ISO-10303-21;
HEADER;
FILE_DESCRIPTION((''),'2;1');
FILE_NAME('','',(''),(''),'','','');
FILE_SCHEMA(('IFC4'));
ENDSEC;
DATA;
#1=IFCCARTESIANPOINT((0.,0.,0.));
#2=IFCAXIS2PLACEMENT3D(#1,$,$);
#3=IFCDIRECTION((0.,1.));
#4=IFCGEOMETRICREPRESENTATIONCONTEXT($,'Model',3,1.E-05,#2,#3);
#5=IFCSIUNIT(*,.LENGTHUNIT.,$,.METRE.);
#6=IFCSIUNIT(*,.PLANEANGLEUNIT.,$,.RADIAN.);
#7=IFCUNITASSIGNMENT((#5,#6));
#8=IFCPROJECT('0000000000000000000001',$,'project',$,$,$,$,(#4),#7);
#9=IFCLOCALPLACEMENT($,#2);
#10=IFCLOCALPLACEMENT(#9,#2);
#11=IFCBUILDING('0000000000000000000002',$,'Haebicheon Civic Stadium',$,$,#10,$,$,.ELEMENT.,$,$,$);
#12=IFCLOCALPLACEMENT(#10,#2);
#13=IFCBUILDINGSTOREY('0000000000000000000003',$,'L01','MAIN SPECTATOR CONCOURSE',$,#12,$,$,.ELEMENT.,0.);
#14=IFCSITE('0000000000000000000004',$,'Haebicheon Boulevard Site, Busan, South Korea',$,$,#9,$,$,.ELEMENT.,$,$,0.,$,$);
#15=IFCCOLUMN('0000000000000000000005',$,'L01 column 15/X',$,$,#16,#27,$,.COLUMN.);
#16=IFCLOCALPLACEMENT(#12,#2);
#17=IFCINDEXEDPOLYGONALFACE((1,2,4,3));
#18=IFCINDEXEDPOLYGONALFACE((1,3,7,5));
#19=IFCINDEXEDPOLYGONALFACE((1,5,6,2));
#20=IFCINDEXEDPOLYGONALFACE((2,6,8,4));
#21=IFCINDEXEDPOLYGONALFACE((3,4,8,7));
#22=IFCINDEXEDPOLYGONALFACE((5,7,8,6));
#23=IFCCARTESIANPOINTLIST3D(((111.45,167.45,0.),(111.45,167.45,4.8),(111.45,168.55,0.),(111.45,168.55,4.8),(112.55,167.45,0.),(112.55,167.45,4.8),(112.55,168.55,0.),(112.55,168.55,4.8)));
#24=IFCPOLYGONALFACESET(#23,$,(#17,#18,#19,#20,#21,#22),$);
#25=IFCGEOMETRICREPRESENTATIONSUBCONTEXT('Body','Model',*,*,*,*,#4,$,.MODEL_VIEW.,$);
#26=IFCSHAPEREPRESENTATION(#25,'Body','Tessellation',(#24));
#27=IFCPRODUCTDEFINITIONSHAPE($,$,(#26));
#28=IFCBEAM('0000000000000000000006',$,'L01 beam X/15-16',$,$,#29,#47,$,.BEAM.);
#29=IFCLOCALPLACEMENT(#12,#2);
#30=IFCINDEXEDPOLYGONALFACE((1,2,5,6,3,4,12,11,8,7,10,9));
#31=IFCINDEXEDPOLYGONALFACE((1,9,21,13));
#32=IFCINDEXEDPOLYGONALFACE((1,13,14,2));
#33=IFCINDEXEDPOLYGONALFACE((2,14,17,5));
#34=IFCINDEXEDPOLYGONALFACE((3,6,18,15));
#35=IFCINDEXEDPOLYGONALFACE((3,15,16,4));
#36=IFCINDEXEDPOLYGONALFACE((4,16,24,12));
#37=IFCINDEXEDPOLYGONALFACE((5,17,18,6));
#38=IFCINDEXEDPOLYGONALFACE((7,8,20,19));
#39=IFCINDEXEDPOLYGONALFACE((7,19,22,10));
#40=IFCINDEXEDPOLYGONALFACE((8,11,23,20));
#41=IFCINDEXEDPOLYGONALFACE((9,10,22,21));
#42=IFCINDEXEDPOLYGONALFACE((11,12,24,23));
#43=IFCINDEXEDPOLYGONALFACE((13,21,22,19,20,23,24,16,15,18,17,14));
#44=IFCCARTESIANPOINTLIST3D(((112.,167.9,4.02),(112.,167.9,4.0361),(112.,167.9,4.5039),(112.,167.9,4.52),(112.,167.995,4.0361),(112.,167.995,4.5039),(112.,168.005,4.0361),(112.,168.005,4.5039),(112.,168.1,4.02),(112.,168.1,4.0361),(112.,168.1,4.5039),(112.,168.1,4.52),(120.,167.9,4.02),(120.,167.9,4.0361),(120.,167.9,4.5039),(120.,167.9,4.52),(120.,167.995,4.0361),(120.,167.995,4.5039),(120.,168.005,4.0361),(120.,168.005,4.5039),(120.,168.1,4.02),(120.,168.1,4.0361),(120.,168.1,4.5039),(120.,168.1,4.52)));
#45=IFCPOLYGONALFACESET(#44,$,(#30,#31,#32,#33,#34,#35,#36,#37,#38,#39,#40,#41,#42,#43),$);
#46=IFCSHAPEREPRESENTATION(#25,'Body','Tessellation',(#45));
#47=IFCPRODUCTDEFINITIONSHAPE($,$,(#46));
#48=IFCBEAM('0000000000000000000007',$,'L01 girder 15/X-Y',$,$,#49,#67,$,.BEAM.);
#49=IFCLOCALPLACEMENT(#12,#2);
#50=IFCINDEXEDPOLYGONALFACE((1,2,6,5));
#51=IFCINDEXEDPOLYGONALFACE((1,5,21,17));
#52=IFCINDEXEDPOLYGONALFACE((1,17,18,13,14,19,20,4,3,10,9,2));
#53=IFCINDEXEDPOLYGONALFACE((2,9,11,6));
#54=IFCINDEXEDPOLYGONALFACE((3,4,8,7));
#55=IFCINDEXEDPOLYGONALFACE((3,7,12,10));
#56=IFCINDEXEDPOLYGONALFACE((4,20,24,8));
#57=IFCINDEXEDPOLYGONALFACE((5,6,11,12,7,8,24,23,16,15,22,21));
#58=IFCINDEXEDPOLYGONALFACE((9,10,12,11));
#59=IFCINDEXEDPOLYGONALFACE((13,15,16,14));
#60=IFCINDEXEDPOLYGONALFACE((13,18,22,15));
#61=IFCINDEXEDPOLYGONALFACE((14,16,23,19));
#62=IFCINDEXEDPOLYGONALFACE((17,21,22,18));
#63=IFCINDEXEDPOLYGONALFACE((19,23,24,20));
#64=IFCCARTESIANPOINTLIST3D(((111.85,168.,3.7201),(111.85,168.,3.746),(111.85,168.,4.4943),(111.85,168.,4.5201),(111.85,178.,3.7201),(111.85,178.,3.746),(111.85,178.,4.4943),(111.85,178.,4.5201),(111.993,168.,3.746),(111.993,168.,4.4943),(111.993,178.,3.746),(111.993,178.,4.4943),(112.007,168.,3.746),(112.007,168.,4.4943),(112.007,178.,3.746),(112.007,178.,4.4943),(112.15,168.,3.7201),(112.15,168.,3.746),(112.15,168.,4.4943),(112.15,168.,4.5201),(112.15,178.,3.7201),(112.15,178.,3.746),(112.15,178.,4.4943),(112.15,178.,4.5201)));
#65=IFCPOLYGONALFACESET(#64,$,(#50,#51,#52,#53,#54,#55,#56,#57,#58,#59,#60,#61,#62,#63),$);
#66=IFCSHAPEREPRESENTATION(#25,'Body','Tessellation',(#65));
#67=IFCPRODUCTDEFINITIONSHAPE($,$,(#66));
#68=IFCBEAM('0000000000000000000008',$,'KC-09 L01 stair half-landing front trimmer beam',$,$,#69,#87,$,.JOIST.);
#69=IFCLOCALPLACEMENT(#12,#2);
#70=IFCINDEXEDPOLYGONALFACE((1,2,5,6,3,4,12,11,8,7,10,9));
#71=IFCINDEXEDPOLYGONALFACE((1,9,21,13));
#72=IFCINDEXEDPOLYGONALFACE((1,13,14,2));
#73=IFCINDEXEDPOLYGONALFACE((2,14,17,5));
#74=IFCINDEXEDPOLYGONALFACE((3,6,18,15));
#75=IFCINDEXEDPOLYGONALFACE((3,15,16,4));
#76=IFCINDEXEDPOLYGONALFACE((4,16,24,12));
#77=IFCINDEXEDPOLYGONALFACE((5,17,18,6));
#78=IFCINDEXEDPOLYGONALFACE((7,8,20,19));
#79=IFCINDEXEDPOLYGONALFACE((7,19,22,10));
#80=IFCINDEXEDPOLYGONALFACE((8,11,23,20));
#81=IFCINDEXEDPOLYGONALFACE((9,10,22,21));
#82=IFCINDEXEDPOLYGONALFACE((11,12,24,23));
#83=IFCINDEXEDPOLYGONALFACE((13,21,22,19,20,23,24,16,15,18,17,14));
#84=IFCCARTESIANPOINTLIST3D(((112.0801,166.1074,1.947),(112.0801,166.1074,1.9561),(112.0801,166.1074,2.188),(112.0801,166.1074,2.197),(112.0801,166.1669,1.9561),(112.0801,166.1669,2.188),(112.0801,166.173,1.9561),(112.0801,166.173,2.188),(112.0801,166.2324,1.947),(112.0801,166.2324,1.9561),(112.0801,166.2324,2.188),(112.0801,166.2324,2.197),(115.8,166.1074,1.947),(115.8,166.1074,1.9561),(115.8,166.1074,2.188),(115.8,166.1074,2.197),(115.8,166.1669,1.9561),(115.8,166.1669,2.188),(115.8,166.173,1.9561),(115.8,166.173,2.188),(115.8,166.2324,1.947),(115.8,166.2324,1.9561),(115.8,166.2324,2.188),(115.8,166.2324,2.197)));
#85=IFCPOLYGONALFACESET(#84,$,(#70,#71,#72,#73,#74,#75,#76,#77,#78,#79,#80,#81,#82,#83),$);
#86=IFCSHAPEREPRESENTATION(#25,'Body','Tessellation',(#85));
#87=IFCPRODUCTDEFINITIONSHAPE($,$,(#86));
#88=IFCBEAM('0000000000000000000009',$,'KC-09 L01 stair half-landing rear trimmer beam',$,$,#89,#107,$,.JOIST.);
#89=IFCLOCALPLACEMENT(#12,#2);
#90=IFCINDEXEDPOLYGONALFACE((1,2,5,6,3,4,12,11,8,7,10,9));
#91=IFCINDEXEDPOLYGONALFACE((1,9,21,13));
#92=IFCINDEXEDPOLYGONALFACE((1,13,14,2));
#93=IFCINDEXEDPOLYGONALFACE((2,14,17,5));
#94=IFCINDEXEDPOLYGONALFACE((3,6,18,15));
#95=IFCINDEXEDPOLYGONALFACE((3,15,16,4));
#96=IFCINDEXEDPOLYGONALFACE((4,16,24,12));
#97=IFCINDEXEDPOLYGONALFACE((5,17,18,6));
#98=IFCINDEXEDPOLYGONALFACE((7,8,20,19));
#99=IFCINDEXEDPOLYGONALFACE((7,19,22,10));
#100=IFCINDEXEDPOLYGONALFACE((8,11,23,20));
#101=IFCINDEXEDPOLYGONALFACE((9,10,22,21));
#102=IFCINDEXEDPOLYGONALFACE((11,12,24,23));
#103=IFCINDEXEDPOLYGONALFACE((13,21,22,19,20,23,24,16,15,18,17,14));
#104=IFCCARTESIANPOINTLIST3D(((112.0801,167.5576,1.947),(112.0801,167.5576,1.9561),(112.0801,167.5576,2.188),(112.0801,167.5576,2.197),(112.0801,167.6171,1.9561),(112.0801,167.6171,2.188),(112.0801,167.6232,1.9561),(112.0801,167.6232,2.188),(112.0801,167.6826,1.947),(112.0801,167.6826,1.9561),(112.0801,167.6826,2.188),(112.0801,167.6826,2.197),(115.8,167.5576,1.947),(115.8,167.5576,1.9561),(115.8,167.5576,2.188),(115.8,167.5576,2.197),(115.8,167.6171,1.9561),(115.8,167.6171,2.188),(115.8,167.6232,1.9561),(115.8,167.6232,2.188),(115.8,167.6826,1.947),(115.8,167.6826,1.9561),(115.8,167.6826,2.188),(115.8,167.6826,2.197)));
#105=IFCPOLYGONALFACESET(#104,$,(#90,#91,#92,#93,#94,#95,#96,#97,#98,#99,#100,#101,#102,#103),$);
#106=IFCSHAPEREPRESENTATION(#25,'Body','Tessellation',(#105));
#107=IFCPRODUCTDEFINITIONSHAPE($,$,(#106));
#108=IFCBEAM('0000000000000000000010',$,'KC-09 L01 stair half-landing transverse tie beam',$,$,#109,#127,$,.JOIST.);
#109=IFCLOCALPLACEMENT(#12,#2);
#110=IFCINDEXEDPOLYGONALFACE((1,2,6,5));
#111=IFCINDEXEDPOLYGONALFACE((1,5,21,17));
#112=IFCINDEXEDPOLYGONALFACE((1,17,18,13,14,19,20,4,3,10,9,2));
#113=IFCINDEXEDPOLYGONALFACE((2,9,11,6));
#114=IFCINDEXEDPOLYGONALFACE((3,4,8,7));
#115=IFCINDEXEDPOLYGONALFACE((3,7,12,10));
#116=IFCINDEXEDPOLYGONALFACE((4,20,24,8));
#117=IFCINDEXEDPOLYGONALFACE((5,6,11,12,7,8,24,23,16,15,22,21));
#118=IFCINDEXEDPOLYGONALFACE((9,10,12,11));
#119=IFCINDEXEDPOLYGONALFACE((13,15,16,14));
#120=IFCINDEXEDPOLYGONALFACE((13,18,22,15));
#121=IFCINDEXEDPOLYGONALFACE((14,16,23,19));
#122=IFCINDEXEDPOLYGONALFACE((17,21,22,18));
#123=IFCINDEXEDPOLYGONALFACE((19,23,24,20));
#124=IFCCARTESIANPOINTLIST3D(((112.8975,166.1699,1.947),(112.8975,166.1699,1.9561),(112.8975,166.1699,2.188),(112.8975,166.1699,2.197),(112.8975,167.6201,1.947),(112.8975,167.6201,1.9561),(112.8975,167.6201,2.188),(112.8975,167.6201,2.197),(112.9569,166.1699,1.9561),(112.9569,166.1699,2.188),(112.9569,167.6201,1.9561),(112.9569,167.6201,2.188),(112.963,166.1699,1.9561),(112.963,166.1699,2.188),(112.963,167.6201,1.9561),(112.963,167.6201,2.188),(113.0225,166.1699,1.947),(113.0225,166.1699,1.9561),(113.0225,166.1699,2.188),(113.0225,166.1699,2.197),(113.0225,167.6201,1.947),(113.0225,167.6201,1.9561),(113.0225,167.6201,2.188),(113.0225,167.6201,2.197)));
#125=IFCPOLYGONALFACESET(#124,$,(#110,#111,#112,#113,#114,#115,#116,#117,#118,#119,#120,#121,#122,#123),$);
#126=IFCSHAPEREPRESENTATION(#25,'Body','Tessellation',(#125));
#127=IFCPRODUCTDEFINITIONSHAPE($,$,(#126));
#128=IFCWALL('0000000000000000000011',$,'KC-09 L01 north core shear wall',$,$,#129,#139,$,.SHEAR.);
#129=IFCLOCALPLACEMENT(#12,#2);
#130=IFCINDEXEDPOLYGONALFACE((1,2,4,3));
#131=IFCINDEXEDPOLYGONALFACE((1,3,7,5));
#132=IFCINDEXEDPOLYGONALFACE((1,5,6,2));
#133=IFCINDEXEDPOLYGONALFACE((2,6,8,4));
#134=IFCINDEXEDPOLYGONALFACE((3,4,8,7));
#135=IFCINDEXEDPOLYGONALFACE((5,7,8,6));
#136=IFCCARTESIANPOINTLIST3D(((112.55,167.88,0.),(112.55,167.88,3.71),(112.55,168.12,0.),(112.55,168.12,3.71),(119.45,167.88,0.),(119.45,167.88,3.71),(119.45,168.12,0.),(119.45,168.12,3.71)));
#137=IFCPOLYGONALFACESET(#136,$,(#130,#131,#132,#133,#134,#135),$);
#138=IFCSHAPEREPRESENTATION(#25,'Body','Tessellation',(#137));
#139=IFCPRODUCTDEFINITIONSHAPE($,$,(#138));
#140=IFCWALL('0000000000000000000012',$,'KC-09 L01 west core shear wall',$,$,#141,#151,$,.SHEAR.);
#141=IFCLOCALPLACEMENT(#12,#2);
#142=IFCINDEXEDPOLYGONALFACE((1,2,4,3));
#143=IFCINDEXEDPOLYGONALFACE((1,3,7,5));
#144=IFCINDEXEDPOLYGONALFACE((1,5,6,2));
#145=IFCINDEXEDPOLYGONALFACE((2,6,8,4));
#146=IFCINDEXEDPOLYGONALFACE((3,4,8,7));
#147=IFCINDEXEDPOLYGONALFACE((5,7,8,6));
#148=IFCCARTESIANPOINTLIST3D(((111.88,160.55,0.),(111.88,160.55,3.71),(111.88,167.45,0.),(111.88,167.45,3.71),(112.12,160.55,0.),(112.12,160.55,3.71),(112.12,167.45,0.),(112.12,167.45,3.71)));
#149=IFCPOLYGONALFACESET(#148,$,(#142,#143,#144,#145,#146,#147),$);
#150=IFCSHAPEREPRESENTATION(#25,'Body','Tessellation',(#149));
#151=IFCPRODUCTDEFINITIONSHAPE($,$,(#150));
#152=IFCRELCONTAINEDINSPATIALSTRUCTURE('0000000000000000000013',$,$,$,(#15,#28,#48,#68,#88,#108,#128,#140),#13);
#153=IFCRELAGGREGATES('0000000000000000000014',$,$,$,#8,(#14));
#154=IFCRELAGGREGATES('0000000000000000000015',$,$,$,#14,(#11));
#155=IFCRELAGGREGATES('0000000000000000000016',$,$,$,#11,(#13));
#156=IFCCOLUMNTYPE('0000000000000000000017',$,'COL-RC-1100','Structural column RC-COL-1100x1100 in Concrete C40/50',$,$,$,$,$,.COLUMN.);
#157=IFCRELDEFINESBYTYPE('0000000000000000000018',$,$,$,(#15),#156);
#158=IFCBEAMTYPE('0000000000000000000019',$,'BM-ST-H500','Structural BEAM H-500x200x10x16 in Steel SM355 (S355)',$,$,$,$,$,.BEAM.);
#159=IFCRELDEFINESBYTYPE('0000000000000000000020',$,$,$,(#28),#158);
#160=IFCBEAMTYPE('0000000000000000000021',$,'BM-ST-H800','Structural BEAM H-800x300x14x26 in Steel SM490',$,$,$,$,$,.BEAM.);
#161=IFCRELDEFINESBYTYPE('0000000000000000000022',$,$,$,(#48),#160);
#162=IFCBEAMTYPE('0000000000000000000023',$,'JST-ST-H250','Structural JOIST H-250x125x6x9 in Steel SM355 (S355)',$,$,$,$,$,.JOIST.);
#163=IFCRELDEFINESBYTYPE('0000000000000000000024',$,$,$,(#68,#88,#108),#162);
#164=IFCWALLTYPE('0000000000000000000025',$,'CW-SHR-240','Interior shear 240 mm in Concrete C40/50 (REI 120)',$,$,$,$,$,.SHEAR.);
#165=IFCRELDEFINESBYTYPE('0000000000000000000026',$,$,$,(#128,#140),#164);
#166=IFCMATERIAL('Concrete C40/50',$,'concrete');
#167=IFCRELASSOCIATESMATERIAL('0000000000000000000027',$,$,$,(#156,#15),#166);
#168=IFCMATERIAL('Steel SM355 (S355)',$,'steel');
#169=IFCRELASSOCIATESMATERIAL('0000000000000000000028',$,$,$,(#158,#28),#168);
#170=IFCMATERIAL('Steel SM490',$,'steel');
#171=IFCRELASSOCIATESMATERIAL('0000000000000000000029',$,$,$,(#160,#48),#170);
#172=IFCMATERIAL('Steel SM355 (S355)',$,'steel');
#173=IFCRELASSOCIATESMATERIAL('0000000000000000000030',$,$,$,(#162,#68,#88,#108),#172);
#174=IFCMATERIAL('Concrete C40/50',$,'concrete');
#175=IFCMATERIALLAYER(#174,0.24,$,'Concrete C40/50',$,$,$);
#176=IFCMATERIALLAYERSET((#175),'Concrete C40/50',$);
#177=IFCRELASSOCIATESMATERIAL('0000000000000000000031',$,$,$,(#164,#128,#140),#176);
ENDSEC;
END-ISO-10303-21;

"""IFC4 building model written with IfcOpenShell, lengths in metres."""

from ifc_helpers import new_model, si_unit, direction, frame, frame_2d, origin, origin_2d, place, context, subcontext, project, spatial, rectangle, i_section, extrude, material, layer, layer_set, material_profile, profile_set, type_object, element, save


model = new_model("IFC4")

# Units and contexts
model_context = context("Model", 3, precision=1e-05, world=origin(), true_north=direction((0.0, 1.0)))
body_context = subcontext(model_context, "Body", "Model", "MODEL_VIEW")
ifc_project = project(units=[si_unit("LENGTHUNIT", "METRE"), si_unit("PLANEANGLEUNIT", "RADIAN")], contexts=[model_context])

# Site, building, storey
site_placement = place(None, origin())
site = spatial("IfcSite", under=ifc_project, at=site_placement, Name="Haebicheon Boulevard Site, Busan, South Korea", CompositionType="ELEMENT", RefElevation=0.0)
building_placement = place(site_placement, origin())
building = spatial("IfcBuilding", under=site, at=building_placement, Name="Haebicheon Civic Stadium", CompositionType="ELEMENT")
storey_placement = place(building_placement, origin())
storey = spatial("IfcBuildingStorey", under=building, at=storey_placement, Name="L01", Description="MAIN SPECTATOR CONCOURSE", CompositionType="ELEMENT", Elevation=0.0)

# Column
ifc_material_1 = material(Name="Concrete C40/50", Category="concrete")
ifc_material_profile_1 = material_profile(ifc_material_1, rectangle(XDim=1.1001, YDim=1.1001, at=origin_2d()), Name="RC-COL-1100x1100")
ifc_profile_set_1 = profile_set([ifc_material_profile_1], Name="Concrete C40/50")
column_type = type_object("IfcColumnType", Name="COL-RC-1100", Description="Structural column RC-COL-1100x1100 in Concrete C40/50", PredefinedType="COLUMN", material=ifc_profile_set_1)
column_placement = place(storey_placement, frame((112.0, 168.0, 0.0), z_axis=(0.0, 0.0, 1.0), x_axis=(1.0, 0.0, 0.0)))
element("IfcColumn", 1, at=column_placement, inside=storey, type_object=column_type, material=ifc_profile_set_1, Name="L01 column 15/X", PredefinedType="COLUMN", context=body_context, shape_type="SweptSolid", body=[
    extrude(rectangle(XDim=1.1001, YDim=1.1001, at=origin_2d()), origin(), (0.0, 0.0, 1.0), 4.8),
])

# Beams
ifc_material_2 = material(Name="Steel SM355 (S355)", Category="steel")
ifc_material_profile_2 = material_profile(ifc_material_2, i_section(OverallWidth=0.2, OverallDepth=0.5, WebThickness=0.01, FlangeThickness=0.0161, at=origin_2d()), Name="H-500x200x10x16")
ifc_profile_set_2 = profile_set([ifc_material_profile_2], Name="Steel SM355 (S355)")
beam_type_1 = type_object("IfcBeamType", Name="BM-ST-H500", Description="Structural BEAM H-500x200x10x16 in Steel SM355 (S355)", PredefinedType="BEAM", material=ifc_profile_set_2)
beam_1_placement = place(storey_placement, frame((112.0, 168.0, 4.27), z_axis=(1.0, 0.0, 0.0), x_axis=(0.0, 1.0, 0.0)))
element("IfcBeam", 2, at=beam_1_placement, inside=storey, type_object=beam_type_1, material=ifc_profile_set_2, Name="L01 beam X/15-16", PredefinedType="BEAM", context=body_context, shape_type="SweptSolid", body=[
    extrude(i_section(OverallWidth=0.2, OverallDepth=0.5, WebThickness=0.01, FlangeThickness=0.0161, at=origin_2d()), origin(), (0.0, 0.0, 1.0), 8.0),
])
ifc_material_3 = material(Name="Steel SM490", Category="steel")
ifc_material_profile_3 = material_profile(ifc_material_3, i_section(OverallWidth=0.3, OverallDepth=0.8, WebThickness=0.0139, FlangeThickness=0.0259, at=origin_2d()), Name="H-800x300x14x26")
ifc_profile_set_3 = profile_set([ifc_material_profile_3], Name="Steel SM490")
beam_type_2 = type_object("IfcBeamType", Name="BM-ST-H800", Description="Structural BEAM H-800x300x14x26 in Steel SM490", PredefinedType="BEAM", material=ifc_profile_set_3)
beam_2_placement = place(storey_placement, frame((112.0, 168.0, 4.1201), z_axis=(0.0, 1.0, 0.0), x_axis=(-1.0, 0.0, 0.0)))
element("IfcBeam", 3, at=beam_2_placement, inside=storey, type_object=beam_type_2, material=ifc_profile_set_3, Name="L01 girder 15/X-Y", PredefinedType="BEAM", context=body_context, shape_type="SweptSolid", body=[
    extrude(i_section(OverallWidth=0.3, OverallDepth=0.8, WebThickness=0.0139, FlangeThickness=0.0259, at=origin_2d()), origin(), (0.0, 0.0, 1.0), 10.0),
])
ifc_material_4 = material(Name="Steel SM355 (S355)", Category="steel")
ifc_material_profile_4 = material_profile(ifc_material_4, i_section(OverallWidth=0.125, OverallDepth=0.25, WebThickness=0.0061, FlangeThickness=0.009, at=origin_2d()), Name="H-250x125x6x9")
ifc_profile_set_4 = profile_set([ifc_material_profile_4], Name="Steel SM355 (S355)")
beam_type_3 = type_object("IfcBeamType", Name="JST-ST-H250", Description="Structural JOIST H-250x125x6x9 in Steel SM355 (S355)", PredefinedType="JOIST", material=ifc_profile_set_4)
for number, where, z_axis, x_axis, name in (
    (4, (112.0801, 166.1699, 2.072), (1.0, 0.0, 0.0), (0.0, 1.0, 0.0), "KC-09 L01 stair half-landing front trimmer beam"),
    (5, (112.0801, 167.6201, 2.072), (1.0, 0.0, 0.0), (0.0, 1.0, 0.0), "KC-09 L01 stair half-landing rear trimmer beam"),
):
    element("IfcBeam", number, at=place(storey_placement, frame(where, z_axis=z_axis, x_axis=x_axis)), inside=storey, type_object=beam_type_3, material=ifc_profile_set_4, Name=name, PredefinedType="JOIST", context=body_context, shape_type="SweptSolid", body=[
        extrude(i_section(OverallWidth=0.125, OverallDepth=0.25, WebThickness=0.0061, FlangeThickness=0.009, at=origin_2d()), origin(), (0.0, 0.0, 1.0), 3.72),
    ])
beam_3_placement = place(storey_placement, frame((112.96, 166.1699, 2.072), z_axis=(0.0, 1.0, 0.0), x_axis=(-1.0, 0.0, 0.0)))
element("IfcBeam", 6, at=beam_3_placement, inside=storey, type_object=beam_type_3, material=ifc_profile_set_4, Name="KC-09 L01 stair half-landing transverse tie beam", PredefinedType="JOIST", context=body_context, shape_type="SweptSolid", body=[
    extrude(i_section(OverallWidth=0.125, OverallDepth=0.25, WebThickness=0.0061, FlangeThickness=0.009, at=origin_2d()), origin(), (0.0, 0.0, 1.0), 1.4502),
])

# Walls
ifc_material_5 = material(Name="Concrete C40/50", Category="concrete")
ifc_layer = layer(ifc_material_5, 0.24, Name="Concrete C40/50")
ifc_layer_set = layer_set([ifc_layer], Name="Concrete C40/50")
wall_type = type_object("IfcWallType", Name="CW-SHR-240", Description="Interior shear 240 mm in Concrete C40/50 (REI 120)", PredefinedType="SHEAR", material=ifc_layer_set)
for number, where, z_axis, x_axis, name in (
    (7, (112.55, 168.0, 0.0), (0.0, 0.0, 1.0), (1.0, 0.0, 0.0), "KC-09 L01 north core shear wall"),
    (8, (112.0, 160.55, 0.0), (0.0, 0.0, 1.0), (0.0, 1.0, 0.0), "KC-09 L01 west core shear wall"),
):
    element("IfcWall", number, at=place(storey_placement, frame(where, z_axis=z_axis, x_axis=x_axis)), inside=storey, type_object=wall_type, material=ifc_layer_set, Name=name, PredefinedType="SHEAR", context=body_context, shape_type="SweptSolid", body=[
        extrude(rectangle(XDim=6.8999, YDim=0.24, at=frame_2d((3.45, 0.0))), origin(), (0.0, 0.0, 1.0), 3.71),
    ])

save(model, "model.ifc")
